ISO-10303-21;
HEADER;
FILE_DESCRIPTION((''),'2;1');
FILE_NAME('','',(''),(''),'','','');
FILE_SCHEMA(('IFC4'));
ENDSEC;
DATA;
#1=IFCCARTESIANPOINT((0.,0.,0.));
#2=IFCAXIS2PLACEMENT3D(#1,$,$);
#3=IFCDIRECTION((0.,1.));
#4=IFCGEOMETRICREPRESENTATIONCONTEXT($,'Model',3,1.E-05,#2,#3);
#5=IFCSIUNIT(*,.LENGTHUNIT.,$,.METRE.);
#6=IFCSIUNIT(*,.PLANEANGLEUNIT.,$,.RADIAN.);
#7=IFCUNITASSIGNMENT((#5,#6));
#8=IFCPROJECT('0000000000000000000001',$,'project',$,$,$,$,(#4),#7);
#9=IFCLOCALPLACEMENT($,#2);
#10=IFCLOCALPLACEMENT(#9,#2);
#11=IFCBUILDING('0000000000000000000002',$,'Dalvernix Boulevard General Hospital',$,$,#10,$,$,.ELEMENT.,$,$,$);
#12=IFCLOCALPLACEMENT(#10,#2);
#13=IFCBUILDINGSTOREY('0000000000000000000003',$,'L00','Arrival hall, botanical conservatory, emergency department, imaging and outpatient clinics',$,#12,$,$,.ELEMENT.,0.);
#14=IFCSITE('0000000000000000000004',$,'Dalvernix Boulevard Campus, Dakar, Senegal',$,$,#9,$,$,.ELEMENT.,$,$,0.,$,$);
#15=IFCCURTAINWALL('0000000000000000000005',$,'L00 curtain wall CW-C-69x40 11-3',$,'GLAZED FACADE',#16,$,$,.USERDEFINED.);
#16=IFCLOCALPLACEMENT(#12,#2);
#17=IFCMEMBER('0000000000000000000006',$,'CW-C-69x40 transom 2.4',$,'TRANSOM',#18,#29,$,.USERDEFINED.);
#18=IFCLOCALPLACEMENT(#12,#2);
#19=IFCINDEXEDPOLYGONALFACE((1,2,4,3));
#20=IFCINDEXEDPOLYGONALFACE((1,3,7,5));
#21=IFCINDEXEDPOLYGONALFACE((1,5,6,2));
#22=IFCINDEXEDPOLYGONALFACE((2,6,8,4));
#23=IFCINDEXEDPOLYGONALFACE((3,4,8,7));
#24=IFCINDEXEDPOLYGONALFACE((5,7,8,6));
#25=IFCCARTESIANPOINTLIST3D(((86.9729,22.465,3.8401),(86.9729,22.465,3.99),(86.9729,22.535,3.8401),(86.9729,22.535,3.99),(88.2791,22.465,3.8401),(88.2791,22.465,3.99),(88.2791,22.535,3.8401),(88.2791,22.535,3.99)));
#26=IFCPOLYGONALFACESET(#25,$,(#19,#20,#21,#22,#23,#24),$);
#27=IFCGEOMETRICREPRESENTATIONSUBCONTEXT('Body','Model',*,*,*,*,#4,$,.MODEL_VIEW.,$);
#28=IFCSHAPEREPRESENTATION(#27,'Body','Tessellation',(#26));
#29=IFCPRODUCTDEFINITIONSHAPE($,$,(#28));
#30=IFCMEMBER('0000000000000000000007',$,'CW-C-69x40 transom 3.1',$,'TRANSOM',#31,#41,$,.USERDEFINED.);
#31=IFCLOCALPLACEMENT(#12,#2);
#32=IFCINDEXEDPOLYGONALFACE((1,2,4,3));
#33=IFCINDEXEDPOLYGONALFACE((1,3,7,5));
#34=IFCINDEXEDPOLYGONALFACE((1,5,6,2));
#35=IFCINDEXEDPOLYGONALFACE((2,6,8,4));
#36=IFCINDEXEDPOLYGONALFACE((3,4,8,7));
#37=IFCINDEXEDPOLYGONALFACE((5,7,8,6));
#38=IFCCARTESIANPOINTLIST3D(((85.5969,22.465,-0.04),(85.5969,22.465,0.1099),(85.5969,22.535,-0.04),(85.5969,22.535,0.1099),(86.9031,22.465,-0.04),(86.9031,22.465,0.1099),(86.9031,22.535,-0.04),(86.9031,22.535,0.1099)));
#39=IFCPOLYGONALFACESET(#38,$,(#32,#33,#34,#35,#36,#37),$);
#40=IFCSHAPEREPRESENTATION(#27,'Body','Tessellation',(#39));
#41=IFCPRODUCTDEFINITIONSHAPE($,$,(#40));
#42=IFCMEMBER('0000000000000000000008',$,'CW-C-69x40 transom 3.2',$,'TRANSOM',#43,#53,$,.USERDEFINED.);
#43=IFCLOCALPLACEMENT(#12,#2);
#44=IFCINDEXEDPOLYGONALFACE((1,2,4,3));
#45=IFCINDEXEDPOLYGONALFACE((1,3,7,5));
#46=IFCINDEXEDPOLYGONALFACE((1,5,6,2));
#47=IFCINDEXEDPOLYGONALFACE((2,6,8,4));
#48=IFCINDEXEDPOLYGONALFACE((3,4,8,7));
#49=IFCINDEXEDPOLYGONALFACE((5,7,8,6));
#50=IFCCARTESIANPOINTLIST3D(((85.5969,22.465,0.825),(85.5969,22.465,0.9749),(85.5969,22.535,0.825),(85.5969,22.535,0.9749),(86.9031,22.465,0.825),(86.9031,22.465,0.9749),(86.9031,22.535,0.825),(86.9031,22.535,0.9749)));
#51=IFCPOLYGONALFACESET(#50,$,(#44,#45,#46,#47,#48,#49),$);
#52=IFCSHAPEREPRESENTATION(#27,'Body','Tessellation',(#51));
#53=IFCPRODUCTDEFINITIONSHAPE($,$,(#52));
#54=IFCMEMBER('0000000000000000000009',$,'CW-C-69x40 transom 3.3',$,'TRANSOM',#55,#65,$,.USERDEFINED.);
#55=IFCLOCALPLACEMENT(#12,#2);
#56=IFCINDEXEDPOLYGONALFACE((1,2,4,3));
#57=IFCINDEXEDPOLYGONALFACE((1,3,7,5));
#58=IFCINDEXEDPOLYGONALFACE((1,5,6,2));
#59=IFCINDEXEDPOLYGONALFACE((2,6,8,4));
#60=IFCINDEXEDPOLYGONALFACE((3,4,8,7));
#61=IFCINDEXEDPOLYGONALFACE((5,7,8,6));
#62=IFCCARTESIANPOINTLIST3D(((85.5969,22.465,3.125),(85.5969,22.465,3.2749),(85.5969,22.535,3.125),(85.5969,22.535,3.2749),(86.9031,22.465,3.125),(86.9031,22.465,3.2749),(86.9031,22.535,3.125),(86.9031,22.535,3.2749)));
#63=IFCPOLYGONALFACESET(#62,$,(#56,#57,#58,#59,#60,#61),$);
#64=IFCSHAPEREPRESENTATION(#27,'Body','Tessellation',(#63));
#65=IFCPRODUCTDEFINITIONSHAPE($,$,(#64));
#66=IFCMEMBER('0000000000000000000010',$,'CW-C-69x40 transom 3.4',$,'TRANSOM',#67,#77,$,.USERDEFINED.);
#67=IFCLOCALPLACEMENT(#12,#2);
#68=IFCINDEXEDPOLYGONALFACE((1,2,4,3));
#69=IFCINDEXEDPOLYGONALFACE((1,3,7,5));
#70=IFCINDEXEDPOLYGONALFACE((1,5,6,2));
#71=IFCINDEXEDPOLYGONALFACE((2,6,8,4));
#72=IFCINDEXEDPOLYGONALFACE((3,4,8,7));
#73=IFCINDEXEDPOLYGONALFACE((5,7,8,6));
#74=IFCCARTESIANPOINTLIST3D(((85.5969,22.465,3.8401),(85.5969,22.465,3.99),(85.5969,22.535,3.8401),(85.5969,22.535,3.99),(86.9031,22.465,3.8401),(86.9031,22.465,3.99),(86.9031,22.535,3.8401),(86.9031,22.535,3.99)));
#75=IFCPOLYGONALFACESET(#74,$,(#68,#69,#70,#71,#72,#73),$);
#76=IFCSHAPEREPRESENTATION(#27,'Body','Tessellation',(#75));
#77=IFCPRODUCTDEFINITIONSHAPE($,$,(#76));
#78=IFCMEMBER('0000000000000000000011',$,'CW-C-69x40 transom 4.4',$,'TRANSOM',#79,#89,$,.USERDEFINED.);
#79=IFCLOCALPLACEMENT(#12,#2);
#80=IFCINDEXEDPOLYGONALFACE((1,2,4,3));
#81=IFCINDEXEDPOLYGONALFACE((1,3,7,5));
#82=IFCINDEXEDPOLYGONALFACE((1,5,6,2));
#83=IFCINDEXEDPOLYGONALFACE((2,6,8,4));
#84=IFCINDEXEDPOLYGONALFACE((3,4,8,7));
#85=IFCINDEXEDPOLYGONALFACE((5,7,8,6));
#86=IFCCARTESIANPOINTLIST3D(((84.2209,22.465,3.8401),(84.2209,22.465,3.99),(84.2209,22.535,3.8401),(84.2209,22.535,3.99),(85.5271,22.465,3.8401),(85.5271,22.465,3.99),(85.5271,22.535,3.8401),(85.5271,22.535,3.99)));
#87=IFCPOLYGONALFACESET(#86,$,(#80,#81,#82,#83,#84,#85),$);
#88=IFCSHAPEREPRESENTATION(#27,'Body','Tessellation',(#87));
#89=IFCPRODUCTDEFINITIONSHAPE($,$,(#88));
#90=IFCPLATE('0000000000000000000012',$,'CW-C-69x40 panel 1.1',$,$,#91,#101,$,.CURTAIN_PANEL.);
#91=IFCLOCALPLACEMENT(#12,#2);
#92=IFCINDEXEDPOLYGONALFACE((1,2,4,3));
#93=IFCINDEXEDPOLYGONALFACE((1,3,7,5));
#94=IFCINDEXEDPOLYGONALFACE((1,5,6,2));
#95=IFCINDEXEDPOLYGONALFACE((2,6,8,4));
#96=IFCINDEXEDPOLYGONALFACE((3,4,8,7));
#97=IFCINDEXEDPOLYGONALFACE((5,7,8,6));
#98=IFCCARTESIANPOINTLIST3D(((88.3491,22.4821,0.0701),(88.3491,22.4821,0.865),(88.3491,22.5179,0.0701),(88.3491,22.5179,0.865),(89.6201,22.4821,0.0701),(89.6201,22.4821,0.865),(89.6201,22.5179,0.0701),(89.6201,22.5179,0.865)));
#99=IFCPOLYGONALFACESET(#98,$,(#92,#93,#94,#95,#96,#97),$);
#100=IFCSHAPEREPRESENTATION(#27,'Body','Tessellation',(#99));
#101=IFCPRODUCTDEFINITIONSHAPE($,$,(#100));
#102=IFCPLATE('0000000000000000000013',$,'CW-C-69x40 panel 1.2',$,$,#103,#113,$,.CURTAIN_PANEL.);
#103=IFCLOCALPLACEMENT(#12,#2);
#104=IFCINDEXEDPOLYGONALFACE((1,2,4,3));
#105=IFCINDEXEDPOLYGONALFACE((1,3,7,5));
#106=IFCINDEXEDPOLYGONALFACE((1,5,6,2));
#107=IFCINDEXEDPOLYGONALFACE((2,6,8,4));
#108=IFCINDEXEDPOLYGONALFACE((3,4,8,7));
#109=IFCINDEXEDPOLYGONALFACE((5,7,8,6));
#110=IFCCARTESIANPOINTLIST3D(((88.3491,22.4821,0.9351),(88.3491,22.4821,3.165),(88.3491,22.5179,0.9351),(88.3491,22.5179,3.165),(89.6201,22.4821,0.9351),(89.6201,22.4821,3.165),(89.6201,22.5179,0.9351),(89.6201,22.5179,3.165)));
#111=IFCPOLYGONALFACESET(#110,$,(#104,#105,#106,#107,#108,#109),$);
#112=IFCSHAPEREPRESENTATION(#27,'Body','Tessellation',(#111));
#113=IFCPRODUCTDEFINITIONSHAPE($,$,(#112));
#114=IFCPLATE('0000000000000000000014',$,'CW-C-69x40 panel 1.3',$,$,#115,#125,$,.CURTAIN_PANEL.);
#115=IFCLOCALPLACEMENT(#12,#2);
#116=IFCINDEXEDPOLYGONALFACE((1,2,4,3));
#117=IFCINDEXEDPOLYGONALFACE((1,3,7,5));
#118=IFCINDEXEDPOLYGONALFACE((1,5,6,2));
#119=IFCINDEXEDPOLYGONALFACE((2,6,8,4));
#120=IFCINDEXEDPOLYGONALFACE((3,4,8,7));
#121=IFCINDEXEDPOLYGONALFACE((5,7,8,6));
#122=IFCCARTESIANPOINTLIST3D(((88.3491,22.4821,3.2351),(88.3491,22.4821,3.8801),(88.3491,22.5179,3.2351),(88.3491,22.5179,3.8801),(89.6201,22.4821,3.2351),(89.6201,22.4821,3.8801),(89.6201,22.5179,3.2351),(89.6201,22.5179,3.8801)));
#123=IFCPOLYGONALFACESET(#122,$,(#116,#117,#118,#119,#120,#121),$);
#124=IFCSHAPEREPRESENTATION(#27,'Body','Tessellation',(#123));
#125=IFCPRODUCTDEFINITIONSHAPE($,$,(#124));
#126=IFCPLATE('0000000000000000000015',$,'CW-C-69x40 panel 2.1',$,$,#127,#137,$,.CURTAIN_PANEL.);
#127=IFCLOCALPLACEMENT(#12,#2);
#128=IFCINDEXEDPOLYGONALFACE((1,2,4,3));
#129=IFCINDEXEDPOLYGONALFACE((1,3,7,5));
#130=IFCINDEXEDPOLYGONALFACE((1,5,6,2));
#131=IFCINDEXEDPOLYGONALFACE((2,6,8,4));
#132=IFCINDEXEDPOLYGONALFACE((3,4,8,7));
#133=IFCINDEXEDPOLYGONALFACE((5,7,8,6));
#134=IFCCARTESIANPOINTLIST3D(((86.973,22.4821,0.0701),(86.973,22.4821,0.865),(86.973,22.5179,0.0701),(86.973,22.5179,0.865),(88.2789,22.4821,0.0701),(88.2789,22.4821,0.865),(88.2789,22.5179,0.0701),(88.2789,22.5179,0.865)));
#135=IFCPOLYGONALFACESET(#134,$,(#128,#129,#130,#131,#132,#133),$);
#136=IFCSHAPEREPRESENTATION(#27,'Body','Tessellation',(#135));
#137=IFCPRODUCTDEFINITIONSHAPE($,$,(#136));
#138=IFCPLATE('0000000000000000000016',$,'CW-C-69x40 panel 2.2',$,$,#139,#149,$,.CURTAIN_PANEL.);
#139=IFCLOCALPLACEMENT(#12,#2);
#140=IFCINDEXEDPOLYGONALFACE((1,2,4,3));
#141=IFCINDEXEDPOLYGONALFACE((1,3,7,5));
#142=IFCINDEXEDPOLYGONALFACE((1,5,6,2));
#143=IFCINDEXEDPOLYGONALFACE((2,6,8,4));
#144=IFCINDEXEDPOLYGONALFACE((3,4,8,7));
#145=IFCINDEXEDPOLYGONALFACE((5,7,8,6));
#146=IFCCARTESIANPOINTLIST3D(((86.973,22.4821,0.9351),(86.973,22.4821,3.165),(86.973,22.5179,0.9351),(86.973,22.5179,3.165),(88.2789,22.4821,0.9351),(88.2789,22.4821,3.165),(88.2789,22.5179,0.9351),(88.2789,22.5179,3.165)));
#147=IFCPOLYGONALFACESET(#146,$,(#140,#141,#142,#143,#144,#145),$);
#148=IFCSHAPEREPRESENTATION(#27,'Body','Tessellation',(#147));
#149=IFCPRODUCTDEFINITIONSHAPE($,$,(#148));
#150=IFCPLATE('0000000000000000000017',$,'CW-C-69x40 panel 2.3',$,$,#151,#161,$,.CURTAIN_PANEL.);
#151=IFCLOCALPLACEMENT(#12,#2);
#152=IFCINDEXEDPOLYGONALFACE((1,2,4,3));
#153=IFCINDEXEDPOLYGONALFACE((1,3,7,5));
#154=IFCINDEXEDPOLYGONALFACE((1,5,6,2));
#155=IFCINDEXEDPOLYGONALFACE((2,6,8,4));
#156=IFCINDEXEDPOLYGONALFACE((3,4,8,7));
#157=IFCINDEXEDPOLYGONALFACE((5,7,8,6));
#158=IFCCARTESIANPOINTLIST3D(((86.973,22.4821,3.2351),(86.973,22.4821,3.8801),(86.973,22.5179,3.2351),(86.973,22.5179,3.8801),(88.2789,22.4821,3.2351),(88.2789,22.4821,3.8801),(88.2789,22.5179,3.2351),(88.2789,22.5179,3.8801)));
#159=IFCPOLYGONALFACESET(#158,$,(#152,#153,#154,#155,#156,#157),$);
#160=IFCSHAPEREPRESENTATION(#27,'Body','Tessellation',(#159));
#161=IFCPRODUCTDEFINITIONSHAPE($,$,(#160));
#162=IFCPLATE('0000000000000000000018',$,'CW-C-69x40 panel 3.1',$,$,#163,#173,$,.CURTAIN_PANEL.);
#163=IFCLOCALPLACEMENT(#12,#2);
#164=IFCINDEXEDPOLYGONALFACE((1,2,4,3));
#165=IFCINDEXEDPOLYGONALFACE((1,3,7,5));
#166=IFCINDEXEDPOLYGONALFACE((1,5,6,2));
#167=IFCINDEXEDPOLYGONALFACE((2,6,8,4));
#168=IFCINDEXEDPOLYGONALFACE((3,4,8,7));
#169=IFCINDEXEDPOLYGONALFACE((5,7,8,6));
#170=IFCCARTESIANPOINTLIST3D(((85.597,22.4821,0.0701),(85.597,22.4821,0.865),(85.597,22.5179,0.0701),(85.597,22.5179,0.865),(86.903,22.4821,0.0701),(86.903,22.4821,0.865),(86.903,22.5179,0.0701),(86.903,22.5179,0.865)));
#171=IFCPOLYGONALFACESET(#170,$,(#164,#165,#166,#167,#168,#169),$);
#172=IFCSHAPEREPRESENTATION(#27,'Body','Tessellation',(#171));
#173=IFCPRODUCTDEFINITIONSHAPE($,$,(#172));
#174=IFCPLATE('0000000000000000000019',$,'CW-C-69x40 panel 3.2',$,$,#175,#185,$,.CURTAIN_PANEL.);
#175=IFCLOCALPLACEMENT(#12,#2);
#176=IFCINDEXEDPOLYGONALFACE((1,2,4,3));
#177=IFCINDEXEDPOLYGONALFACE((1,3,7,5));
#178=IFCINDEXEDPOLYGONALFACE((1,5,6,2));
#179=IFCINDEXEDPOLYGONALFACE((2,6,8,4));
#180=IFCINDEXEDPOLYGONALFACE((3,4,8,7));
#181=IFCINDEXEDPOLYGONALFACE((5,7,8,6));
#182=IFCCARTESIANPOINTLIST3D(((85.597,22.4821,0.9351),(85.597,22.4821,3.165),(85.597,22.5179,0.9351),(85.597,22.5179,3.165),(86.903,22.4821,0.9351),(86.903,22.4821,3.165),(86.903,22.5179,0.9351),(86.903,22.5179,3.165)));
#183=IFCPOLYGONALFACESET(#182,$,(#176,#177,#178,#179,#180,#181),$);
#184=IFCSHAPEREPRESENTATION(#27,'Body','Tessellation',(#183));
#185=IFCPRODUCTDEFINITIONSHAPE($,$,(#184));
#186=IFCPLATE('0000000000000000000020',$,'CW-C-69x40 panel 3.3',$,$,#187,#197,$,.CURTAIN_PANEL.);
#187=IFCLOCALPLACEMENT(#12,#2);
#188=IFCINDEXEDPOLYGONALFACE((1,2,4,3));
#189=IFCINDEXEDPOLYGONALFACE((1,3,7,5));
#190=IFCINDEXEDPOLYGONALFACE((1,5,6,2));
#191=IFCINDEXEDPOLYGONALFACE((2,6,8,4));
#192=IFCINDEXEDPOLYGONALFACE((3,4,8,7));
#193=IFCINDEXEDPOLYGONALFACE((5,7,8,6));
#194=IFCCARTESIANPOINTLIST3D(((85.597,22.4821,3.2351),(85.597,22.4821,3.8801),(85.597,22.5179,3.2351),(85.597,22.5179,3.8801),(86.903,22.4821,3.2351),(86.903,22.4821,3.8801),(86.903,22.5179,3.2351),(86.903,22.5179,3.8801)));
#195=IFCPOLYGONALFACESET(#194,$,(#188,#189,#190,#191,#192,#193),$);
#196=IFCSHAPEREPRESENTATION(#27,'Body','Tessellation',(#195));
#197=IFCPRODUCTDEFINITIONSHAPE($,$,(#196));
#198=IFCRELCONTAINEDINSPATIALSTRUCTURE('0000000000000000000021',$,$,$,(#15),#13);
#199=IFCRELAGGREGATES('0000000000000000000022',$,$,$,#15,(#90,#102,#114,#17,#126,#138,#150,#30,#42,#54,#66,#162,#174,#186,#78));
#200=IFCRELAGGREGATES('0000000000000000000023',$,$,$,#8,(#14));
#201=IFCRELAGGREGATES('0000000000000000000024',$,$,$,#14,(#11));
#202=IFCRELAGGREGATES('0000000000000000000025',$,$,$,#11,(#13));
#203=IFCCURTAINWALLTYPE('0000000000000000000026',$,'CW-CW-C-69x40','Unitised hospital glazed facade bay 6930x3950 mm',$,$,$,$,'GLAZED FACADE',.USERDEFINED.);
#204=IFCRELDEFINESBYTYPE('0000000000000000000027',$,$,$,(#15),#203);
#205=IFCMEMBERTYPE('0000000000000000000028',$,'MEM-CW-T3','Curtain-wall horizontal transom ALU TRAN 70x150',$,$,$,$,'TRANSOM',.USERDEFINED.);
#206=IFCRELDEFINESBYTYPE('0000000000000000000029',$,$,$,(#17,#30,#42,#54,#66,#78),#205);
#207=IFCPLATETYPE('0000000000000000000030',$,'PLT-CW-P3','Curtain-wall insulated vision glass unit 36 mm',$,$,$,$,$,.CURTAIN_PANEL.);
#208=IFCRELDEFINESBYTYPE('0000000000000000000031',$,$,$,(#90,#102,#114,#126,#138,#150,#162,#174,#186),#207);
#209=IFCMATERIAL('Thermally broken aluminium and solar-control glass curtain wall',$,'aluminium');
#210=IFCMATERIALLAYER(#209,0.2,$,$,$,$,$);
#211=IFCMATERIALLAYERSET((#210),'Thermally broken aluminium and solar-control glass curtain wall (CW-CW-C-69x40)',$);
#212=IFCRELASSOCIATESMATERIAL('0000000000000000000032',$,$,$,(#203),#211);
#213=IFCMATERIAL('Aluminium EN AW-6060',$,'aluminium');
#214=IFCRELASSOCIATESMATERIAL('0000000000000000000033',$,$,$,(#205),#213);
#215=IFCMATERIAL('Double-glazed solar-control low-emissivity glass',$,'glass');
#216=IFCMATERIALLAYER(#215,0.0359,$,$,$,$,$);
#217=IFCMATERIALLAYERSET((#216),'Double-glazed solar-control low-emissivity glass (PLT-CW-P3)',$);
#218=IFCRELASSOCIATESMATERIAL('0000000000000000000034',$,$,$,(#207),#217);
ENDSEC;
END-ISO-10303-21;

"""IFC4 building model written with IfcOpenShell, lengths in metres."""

from ifc_helpers import new_model, si_unit, direction, frame, origin, origin_2d, place, context, subcontext, project, spatial, rectangle, extrude, material, layer, layer_set, material_profile, profile_set, type_object, element, aggregate, save


model = new_model("IFC4")

# Units and contexts
model_context = context("Model", 3, precision=1e-05, world=origin(), true_north=direction((0.0, 1.0)))
body_context = subcontext(model_context, "Body", "Model", "MODEL_VIEW")
ifc_project = project(units=[si_unit("LENGTHUNIT", "METRE"), si_unit("PLANEANGLEUNIT", "RADIAN")], contexts=[model_context])

# Site, building, storey
site_placement = place(None, origin())
site = spatial("IfcSite", under=ifc_project, at=site_placement, Name="Dalvernix Boulevard Campus, Dakar, Senegal", CompositionType="ELEMENT", RefElevation=0.0)
building_placement = place(site_placement, origin())
building = spatial("IfcBuilding", under=site, at=building_placement, Name="Dalvernix Boulevard General Hospital", CompositionType="ELEMENT")
storey_placement = place(building_placement, origin())
storey = spatial("IfcBuildingStorey", under=building, at=storey_placement, Name="L00", Description="Arrival hall, botanical conservatory, emergency department, imaging and outpatient clinics", CompositionType="ELEMENT", Elevation=0.0)

# Curtain wall, members, plates
ifc_material_1 = material(Name="Thermally broken aluminium and solar-control glass curtain wall", Category="aluminium")
ifc_layer_1 = layer(ifc_material_1, 0.2)
ifc_layer_set_1 = layer_set([ifc_layer_1], Name="Thermally broken aluminium and solar-control glass curtain wall (CW-CW-C-69x40)")
curtain_wall_type = type_object("IfcCurtainWallType", Name="CW-CW-C-69x40", Description="Unitised hospital glazed facade bay 6930x3950 mm", ElementType="GLAZED FACADE", PredefinedType="USERDEFINED", material=ifc_layer_set_1)
curtain_wall_placement = place(storey_placement, origin())
curtain_wall = element("IfcCurtainWall", 1, at=curtain_wall_placement, inside=storey, type_object=curtain_wall_type, Name="L00 curtain wall CW-C-69x40 11-3", ObjectType="GLAZED FACADE", PredefinedType="USERDEFINED")
ifc_material_2 = material(Name="Aluminium EN AW-6060", Category="aluminium")
ifc_material_profile_1 = material_profile(ifc_material_2, rectangle(XDim=0.0701, YDim=0.1499, at=origin_2d()), Name="ALU TRAN 70x150")
ifc_profile_set_1 = profile_set([ifc_material_profile_1], Name="Aluminium EN AW-6060")
member_type_1 = type_object("IfcMemberType", Name="MEM-CW-T3", Description="Curtain-wall horizontal transom ALU TRAN 70x150", ElementType="TRANSOM", PredefinedType="USERDEFINED", material=ifc_profile_set_1)
member_1_placement = place(storey_placement, frame((88.2791, 22.5, 3.915), z_axis=(-1.0, 0.0, 0.0), x_axis=(0.0, -1.0, 0.0)))
member_1 = element("IfcMember", 2, at=member_1_placement, type_object=member_type_1, Name="CW-C-69x40 transom 2.4", ObjectType="TRANSOM", PredefinedType="USERDEFINED", context=body_context, shape_type="SweptSolid", body=[
    extrude(rectangle(XDim=0.0701, YDim=0.1499, at=origin_2d()), origin(), (0.0, 0.0, 1.0), 1.3062),
])
member_2_placement = place(storey_placement, frame((86.9031, 22.5, 0.0349), z_axis=(-1.0, 0.0, 0.0), x_axis=(0.0, -1.0, 0.0)))
member_2 = element("IfcMember", 3, at=member_2_placement, type_object=member_type_1, Name="CW-C-69x40 transom 3.1", ObjectType="TRANSOM", PredefinedType="USERDEFINED", context=body_context, shape_type="SweptSolid", body=[
    extrude(rectangle(XDim=0.0701, YDim=0.1499, at=origin_2d()), origin(), (0.0, 0.0, 1.0), 1.3062),
])
member_3_placement = place(storey_placement, frame((86.9031, 22.5, 0.8999), z_axis=(-1.0, 0.0, 0.0), x_axis=(0.0, -1.0, 0.0)))
member_3 = element("IfcMember", 4, at=member_3_placement, type_object=member_type_1, Name="CW-C-69x40 transom 3.2", ObjectType="TRANSOM", PredefinedType="USERDEFINED", context=body_context, shape_type="SweptSolid", body=[
    extrude(rectangle(XDim=0.0701, YDim=0.1499, at=origin_2d()), origin(), (0.0, 0.0, 1.0), 1.3062),
])
member_4_placement = place(storey_placement, frame((86.9031, 22.5, 3.2), z_axis=(-1.0, 0.0, 0.0), x_axis=(0.0, -1.0, 0.0)))
member_4 = element("IfcMember", 5, at=member_4_placement, type_object=member_type_1, Name="CW-C-69x40 transom 3.3", ObjectType="TRANSOM", PredefinedType="USERDEFINED", context=body_context, shape_type="SweptSolid", body=[
    extrude(rectangle(XDim=0.0701, YDim=0.1499, at=origin_2d()), origin(), (0.0, 0.0, 1.0), 1.3062),
])
member_5_placement = place(storey_placement, frame((86.9031, 22.5, 3.915), z_axis=(-1.0, 0.0, 0.0), x_axis=(0.0, -1.0, 0.0)))
member_5 = element("IfcMember", 6, at=member_5_placement, type_object=member_type_1, Name="CW-C-69x40 transom 3.4", ObjectType="TRANSOM", PredefinedType="USERDEFINED", context=body_context, shape_type="SweptSolid", body=[
    extrude(rectangle(XDim=0.0701, YDim=0.1499, at=origin_2d()), origin(), (0.0, 0.0, 1.0), 1.3062),
])
member_6_placement = place(storey_placement, frame((85.5271, 22.5, 3.915), z_axis=(-1.0, 0.0, 0.0), x_axis=(0.0, -1.0, 0.0)))
member_6 = element("IfcMember", 7, at=member_6_placement, type_object=member_type_1, Name="CW-C-69x40 transom 4.4", ObjectType="TRANSOM", PredefinedType="USERDEFINED", context=body_context, shape_type="SweptSolid", body=[
    extrude(rectangle(XDim=0.0701, YDim=0.1499, at=origin_2d()), origin(), (0.0, 0.0, 1.0), 1.3062),
])
ifc_material_3 = material(Name="Double-glazed solar-control low-emissivity glass", Category="glass")
ifc_layer_2 = layer(ifc_material_3, 0.0359)
ifc_layer_set_2 = layer_set([ifc_layer_2], Name="Double-glazed solar-control low-emissivity glass (PLT-CW-P3)")
plate_type = type_object("IfcPlateType", Name="PLT-CW-P3", Description="Curtain-wall insulated vision glass unit 36 mm", PredefinedType="CURTAIN_PANEL", material=ifc_layer_set_2)
plate_1_placement = place(storey_placement, frame((88.9846, 22.5, 0.0701), z_axis=(0.0, 0.0, 1.0), x_axis=(-1.0, 0.0, 0.0)))
plate_1 = element("IfcPlate", 8, at=plate_1_placement, type_object=plate_type, Name="CW-C-69x40 panel 1.1", PredefinedType="CURTAIN_PANEL", context=body_context, shape_type="SweptSolid", body=[
    extrude(rectangle(XDim=1.271, YDim=0.0359, at=origin_2d()), origin(), (0.0, 0.0, 1.0), 0.7949),
])
plate_2_placement = place(storey_placement, frame((88.9846, 22.5, 0.9351), z_axis=(0.0, 0.0, 1.0), x_axis=(-1.0, 0.0, 0.0)))
plate_2 = element("IfcPlate", 9, at=plate_2_placement, type_object=plate_type, Name="CW-C-69x40 panel 1.2", PredefinedType="CURTAIN_PANEL", context=body_context, shape_type="SweptSolid", body=[
    extrude(rectangle(XDim=1.271, YDim=0.0359, at=origin_2d()), origin(), (0.0, 0.0, 1.0), 2.23),
])
plate_3_placement = place(storey_placement, frame((88.9846, 22.5, 3.2351), z_axis=(0.0, 0.0, 1.0), x_axis=(-1.0, 0.0, 0.0)))
plate_3 = element("IfcPlate", 10, at=plate_3_placement, type_object=plate_type, Name="CW-C-69x40 panel 1.3", PredefinedType="CURTAIN_PANEL", context=body_context, shape_type="SweptSolid", body=[
    extrude(rectangle(XDim=1.271, YDim=0.0359, at=origin_2d()), origin(), (0.0, 0.0, 1.0), 0.645),
])
plate_4_placement = place(storey_placement, frame((87.626, 22.5, 0.0701), z_axis=(0.0, 0.0, 1.0), x_axis=(-1.0, 0.0, 0.0)))
plate_4 = element("IfcPlate", 11, at=plate_4_placement, type_object=plate_type, Name="CW-C-69x40 panel 2.1", PredefinedType="CURTAIN_PANEL", context=body_context, shape_type="SweptSolid", body=[
    extrude(rectangle(XDim=1.3059, YDim=0.0359, at=origin_2d()), origin(), (0.0, 0.0, 1.0), 0.7949),
])
plate_5_placement = place(storey_placement, frame((87.626, 22.5, 0.9351), z_axis=(0.0, 0.0, 1.0), x_axis=(-1.0, 0.0, 0.0)))
plate_5 = element("IfcPlate", 12, at=plate_5_placement, type_object=plate_type, Name="CW-C-69x40 panel 2.2", PredefinedType="CURTAIN_PANEL", context=body_context, shape_type="SweptSolid", body=[
    extrude(rectangle(XDim=1.3059, YDim=0.0359, at=origin_2d()), origin(), (0.0, 0.0, 1.0), 2.23),
])
plate_6_placement = place(storey_placement, frame((87.626, 22.5, 3.2351), z_axis=(0.0, 0.0, 1.0), x_axis=(-1.0, 0.0, 0.0)))
plate_6 = element("IfcPlate", 13, at=plate_6_placement, type_object=plate_type, Name="CW-C-69x40 panel 2.3", PredefinedType="CURTAIN_PANEL", context=body_context, shape_type="SweptSolid", body=[
    extrude(rectangle(XDim=1.3059, YDim=0.0359, at=origin_2d()), origin(), (0.0, 0.0, 1.0), 0.645),
])
plate_7_placement = place(storey_placement, frame((86.25, 22.5, 0.0701), z_axis=(0.0, 0.0, 1.0), x_axis=(-1.0, 0.0, 0.0)))
plate_7 = element("IfcPlate", 14, at=plate_7_placement, type_object=plate_type, Name="CW-C-69x40 panel 3.1", PredefinedType="CURTAIN_PANEL", context=body_context, shape_type="SweptSolid", body=[
    extrude(rectangle(XDim=1.3059, YDim=0.0359, at=origin_2d()), origin(), (0.0, 0.0, 1.0), 0.7949),
])
plate_8_placement = place(storey_placement, frame((86.25, 22.5, 0.9351), z_axis=(0.0, 0.0, 1.0), x_axis=(-1.0, 0.0, 0.0)))
plate_8 = element("IfcPlate", 15, at=plate_8_placement, type_object=plate_type, Name="CW-C-69x40 panel 3.2", PredefinedType="CURTAIN_PANEL", context=body_context, shape_type="SweptSolid", body=[
    extrude(rectangle(XDim=1.3059, YDim=0.0359, at=origin_2d()), origin(), (0.0, 0.0, 1.0), 2.23),
])
plate_9_placement = place(storey_placement, frame((86.25, 22.5, 3.2351), z_axis=(0.0, 0.0, 1.0), x_axis=(-1.0, 0.0, 0.0)))
plate_9 = element("IfcPlate", 16, at=plate_9_placement, type_object=plate_type, Name="CW-C-69x40 panel 3.3", PredefinedType="CURTAIN_PANEL", context=body_context, shape_type="SweptSolid", body=[
    extrude(rectangle(XDim=1.3059, YDim=0.0359, at=origin_2d()), origin(), (0.0, 0.0, 1.0), 0.645),
])
aggregate(curtain_wall, [plate_1, plate_2, plate_3, member_1, plate_4, plate_5, plate_6, member_2, member_3, member_4, member_5, plate_7, plate_8, plate_9, member_6])

save(model, "model.ifc")
